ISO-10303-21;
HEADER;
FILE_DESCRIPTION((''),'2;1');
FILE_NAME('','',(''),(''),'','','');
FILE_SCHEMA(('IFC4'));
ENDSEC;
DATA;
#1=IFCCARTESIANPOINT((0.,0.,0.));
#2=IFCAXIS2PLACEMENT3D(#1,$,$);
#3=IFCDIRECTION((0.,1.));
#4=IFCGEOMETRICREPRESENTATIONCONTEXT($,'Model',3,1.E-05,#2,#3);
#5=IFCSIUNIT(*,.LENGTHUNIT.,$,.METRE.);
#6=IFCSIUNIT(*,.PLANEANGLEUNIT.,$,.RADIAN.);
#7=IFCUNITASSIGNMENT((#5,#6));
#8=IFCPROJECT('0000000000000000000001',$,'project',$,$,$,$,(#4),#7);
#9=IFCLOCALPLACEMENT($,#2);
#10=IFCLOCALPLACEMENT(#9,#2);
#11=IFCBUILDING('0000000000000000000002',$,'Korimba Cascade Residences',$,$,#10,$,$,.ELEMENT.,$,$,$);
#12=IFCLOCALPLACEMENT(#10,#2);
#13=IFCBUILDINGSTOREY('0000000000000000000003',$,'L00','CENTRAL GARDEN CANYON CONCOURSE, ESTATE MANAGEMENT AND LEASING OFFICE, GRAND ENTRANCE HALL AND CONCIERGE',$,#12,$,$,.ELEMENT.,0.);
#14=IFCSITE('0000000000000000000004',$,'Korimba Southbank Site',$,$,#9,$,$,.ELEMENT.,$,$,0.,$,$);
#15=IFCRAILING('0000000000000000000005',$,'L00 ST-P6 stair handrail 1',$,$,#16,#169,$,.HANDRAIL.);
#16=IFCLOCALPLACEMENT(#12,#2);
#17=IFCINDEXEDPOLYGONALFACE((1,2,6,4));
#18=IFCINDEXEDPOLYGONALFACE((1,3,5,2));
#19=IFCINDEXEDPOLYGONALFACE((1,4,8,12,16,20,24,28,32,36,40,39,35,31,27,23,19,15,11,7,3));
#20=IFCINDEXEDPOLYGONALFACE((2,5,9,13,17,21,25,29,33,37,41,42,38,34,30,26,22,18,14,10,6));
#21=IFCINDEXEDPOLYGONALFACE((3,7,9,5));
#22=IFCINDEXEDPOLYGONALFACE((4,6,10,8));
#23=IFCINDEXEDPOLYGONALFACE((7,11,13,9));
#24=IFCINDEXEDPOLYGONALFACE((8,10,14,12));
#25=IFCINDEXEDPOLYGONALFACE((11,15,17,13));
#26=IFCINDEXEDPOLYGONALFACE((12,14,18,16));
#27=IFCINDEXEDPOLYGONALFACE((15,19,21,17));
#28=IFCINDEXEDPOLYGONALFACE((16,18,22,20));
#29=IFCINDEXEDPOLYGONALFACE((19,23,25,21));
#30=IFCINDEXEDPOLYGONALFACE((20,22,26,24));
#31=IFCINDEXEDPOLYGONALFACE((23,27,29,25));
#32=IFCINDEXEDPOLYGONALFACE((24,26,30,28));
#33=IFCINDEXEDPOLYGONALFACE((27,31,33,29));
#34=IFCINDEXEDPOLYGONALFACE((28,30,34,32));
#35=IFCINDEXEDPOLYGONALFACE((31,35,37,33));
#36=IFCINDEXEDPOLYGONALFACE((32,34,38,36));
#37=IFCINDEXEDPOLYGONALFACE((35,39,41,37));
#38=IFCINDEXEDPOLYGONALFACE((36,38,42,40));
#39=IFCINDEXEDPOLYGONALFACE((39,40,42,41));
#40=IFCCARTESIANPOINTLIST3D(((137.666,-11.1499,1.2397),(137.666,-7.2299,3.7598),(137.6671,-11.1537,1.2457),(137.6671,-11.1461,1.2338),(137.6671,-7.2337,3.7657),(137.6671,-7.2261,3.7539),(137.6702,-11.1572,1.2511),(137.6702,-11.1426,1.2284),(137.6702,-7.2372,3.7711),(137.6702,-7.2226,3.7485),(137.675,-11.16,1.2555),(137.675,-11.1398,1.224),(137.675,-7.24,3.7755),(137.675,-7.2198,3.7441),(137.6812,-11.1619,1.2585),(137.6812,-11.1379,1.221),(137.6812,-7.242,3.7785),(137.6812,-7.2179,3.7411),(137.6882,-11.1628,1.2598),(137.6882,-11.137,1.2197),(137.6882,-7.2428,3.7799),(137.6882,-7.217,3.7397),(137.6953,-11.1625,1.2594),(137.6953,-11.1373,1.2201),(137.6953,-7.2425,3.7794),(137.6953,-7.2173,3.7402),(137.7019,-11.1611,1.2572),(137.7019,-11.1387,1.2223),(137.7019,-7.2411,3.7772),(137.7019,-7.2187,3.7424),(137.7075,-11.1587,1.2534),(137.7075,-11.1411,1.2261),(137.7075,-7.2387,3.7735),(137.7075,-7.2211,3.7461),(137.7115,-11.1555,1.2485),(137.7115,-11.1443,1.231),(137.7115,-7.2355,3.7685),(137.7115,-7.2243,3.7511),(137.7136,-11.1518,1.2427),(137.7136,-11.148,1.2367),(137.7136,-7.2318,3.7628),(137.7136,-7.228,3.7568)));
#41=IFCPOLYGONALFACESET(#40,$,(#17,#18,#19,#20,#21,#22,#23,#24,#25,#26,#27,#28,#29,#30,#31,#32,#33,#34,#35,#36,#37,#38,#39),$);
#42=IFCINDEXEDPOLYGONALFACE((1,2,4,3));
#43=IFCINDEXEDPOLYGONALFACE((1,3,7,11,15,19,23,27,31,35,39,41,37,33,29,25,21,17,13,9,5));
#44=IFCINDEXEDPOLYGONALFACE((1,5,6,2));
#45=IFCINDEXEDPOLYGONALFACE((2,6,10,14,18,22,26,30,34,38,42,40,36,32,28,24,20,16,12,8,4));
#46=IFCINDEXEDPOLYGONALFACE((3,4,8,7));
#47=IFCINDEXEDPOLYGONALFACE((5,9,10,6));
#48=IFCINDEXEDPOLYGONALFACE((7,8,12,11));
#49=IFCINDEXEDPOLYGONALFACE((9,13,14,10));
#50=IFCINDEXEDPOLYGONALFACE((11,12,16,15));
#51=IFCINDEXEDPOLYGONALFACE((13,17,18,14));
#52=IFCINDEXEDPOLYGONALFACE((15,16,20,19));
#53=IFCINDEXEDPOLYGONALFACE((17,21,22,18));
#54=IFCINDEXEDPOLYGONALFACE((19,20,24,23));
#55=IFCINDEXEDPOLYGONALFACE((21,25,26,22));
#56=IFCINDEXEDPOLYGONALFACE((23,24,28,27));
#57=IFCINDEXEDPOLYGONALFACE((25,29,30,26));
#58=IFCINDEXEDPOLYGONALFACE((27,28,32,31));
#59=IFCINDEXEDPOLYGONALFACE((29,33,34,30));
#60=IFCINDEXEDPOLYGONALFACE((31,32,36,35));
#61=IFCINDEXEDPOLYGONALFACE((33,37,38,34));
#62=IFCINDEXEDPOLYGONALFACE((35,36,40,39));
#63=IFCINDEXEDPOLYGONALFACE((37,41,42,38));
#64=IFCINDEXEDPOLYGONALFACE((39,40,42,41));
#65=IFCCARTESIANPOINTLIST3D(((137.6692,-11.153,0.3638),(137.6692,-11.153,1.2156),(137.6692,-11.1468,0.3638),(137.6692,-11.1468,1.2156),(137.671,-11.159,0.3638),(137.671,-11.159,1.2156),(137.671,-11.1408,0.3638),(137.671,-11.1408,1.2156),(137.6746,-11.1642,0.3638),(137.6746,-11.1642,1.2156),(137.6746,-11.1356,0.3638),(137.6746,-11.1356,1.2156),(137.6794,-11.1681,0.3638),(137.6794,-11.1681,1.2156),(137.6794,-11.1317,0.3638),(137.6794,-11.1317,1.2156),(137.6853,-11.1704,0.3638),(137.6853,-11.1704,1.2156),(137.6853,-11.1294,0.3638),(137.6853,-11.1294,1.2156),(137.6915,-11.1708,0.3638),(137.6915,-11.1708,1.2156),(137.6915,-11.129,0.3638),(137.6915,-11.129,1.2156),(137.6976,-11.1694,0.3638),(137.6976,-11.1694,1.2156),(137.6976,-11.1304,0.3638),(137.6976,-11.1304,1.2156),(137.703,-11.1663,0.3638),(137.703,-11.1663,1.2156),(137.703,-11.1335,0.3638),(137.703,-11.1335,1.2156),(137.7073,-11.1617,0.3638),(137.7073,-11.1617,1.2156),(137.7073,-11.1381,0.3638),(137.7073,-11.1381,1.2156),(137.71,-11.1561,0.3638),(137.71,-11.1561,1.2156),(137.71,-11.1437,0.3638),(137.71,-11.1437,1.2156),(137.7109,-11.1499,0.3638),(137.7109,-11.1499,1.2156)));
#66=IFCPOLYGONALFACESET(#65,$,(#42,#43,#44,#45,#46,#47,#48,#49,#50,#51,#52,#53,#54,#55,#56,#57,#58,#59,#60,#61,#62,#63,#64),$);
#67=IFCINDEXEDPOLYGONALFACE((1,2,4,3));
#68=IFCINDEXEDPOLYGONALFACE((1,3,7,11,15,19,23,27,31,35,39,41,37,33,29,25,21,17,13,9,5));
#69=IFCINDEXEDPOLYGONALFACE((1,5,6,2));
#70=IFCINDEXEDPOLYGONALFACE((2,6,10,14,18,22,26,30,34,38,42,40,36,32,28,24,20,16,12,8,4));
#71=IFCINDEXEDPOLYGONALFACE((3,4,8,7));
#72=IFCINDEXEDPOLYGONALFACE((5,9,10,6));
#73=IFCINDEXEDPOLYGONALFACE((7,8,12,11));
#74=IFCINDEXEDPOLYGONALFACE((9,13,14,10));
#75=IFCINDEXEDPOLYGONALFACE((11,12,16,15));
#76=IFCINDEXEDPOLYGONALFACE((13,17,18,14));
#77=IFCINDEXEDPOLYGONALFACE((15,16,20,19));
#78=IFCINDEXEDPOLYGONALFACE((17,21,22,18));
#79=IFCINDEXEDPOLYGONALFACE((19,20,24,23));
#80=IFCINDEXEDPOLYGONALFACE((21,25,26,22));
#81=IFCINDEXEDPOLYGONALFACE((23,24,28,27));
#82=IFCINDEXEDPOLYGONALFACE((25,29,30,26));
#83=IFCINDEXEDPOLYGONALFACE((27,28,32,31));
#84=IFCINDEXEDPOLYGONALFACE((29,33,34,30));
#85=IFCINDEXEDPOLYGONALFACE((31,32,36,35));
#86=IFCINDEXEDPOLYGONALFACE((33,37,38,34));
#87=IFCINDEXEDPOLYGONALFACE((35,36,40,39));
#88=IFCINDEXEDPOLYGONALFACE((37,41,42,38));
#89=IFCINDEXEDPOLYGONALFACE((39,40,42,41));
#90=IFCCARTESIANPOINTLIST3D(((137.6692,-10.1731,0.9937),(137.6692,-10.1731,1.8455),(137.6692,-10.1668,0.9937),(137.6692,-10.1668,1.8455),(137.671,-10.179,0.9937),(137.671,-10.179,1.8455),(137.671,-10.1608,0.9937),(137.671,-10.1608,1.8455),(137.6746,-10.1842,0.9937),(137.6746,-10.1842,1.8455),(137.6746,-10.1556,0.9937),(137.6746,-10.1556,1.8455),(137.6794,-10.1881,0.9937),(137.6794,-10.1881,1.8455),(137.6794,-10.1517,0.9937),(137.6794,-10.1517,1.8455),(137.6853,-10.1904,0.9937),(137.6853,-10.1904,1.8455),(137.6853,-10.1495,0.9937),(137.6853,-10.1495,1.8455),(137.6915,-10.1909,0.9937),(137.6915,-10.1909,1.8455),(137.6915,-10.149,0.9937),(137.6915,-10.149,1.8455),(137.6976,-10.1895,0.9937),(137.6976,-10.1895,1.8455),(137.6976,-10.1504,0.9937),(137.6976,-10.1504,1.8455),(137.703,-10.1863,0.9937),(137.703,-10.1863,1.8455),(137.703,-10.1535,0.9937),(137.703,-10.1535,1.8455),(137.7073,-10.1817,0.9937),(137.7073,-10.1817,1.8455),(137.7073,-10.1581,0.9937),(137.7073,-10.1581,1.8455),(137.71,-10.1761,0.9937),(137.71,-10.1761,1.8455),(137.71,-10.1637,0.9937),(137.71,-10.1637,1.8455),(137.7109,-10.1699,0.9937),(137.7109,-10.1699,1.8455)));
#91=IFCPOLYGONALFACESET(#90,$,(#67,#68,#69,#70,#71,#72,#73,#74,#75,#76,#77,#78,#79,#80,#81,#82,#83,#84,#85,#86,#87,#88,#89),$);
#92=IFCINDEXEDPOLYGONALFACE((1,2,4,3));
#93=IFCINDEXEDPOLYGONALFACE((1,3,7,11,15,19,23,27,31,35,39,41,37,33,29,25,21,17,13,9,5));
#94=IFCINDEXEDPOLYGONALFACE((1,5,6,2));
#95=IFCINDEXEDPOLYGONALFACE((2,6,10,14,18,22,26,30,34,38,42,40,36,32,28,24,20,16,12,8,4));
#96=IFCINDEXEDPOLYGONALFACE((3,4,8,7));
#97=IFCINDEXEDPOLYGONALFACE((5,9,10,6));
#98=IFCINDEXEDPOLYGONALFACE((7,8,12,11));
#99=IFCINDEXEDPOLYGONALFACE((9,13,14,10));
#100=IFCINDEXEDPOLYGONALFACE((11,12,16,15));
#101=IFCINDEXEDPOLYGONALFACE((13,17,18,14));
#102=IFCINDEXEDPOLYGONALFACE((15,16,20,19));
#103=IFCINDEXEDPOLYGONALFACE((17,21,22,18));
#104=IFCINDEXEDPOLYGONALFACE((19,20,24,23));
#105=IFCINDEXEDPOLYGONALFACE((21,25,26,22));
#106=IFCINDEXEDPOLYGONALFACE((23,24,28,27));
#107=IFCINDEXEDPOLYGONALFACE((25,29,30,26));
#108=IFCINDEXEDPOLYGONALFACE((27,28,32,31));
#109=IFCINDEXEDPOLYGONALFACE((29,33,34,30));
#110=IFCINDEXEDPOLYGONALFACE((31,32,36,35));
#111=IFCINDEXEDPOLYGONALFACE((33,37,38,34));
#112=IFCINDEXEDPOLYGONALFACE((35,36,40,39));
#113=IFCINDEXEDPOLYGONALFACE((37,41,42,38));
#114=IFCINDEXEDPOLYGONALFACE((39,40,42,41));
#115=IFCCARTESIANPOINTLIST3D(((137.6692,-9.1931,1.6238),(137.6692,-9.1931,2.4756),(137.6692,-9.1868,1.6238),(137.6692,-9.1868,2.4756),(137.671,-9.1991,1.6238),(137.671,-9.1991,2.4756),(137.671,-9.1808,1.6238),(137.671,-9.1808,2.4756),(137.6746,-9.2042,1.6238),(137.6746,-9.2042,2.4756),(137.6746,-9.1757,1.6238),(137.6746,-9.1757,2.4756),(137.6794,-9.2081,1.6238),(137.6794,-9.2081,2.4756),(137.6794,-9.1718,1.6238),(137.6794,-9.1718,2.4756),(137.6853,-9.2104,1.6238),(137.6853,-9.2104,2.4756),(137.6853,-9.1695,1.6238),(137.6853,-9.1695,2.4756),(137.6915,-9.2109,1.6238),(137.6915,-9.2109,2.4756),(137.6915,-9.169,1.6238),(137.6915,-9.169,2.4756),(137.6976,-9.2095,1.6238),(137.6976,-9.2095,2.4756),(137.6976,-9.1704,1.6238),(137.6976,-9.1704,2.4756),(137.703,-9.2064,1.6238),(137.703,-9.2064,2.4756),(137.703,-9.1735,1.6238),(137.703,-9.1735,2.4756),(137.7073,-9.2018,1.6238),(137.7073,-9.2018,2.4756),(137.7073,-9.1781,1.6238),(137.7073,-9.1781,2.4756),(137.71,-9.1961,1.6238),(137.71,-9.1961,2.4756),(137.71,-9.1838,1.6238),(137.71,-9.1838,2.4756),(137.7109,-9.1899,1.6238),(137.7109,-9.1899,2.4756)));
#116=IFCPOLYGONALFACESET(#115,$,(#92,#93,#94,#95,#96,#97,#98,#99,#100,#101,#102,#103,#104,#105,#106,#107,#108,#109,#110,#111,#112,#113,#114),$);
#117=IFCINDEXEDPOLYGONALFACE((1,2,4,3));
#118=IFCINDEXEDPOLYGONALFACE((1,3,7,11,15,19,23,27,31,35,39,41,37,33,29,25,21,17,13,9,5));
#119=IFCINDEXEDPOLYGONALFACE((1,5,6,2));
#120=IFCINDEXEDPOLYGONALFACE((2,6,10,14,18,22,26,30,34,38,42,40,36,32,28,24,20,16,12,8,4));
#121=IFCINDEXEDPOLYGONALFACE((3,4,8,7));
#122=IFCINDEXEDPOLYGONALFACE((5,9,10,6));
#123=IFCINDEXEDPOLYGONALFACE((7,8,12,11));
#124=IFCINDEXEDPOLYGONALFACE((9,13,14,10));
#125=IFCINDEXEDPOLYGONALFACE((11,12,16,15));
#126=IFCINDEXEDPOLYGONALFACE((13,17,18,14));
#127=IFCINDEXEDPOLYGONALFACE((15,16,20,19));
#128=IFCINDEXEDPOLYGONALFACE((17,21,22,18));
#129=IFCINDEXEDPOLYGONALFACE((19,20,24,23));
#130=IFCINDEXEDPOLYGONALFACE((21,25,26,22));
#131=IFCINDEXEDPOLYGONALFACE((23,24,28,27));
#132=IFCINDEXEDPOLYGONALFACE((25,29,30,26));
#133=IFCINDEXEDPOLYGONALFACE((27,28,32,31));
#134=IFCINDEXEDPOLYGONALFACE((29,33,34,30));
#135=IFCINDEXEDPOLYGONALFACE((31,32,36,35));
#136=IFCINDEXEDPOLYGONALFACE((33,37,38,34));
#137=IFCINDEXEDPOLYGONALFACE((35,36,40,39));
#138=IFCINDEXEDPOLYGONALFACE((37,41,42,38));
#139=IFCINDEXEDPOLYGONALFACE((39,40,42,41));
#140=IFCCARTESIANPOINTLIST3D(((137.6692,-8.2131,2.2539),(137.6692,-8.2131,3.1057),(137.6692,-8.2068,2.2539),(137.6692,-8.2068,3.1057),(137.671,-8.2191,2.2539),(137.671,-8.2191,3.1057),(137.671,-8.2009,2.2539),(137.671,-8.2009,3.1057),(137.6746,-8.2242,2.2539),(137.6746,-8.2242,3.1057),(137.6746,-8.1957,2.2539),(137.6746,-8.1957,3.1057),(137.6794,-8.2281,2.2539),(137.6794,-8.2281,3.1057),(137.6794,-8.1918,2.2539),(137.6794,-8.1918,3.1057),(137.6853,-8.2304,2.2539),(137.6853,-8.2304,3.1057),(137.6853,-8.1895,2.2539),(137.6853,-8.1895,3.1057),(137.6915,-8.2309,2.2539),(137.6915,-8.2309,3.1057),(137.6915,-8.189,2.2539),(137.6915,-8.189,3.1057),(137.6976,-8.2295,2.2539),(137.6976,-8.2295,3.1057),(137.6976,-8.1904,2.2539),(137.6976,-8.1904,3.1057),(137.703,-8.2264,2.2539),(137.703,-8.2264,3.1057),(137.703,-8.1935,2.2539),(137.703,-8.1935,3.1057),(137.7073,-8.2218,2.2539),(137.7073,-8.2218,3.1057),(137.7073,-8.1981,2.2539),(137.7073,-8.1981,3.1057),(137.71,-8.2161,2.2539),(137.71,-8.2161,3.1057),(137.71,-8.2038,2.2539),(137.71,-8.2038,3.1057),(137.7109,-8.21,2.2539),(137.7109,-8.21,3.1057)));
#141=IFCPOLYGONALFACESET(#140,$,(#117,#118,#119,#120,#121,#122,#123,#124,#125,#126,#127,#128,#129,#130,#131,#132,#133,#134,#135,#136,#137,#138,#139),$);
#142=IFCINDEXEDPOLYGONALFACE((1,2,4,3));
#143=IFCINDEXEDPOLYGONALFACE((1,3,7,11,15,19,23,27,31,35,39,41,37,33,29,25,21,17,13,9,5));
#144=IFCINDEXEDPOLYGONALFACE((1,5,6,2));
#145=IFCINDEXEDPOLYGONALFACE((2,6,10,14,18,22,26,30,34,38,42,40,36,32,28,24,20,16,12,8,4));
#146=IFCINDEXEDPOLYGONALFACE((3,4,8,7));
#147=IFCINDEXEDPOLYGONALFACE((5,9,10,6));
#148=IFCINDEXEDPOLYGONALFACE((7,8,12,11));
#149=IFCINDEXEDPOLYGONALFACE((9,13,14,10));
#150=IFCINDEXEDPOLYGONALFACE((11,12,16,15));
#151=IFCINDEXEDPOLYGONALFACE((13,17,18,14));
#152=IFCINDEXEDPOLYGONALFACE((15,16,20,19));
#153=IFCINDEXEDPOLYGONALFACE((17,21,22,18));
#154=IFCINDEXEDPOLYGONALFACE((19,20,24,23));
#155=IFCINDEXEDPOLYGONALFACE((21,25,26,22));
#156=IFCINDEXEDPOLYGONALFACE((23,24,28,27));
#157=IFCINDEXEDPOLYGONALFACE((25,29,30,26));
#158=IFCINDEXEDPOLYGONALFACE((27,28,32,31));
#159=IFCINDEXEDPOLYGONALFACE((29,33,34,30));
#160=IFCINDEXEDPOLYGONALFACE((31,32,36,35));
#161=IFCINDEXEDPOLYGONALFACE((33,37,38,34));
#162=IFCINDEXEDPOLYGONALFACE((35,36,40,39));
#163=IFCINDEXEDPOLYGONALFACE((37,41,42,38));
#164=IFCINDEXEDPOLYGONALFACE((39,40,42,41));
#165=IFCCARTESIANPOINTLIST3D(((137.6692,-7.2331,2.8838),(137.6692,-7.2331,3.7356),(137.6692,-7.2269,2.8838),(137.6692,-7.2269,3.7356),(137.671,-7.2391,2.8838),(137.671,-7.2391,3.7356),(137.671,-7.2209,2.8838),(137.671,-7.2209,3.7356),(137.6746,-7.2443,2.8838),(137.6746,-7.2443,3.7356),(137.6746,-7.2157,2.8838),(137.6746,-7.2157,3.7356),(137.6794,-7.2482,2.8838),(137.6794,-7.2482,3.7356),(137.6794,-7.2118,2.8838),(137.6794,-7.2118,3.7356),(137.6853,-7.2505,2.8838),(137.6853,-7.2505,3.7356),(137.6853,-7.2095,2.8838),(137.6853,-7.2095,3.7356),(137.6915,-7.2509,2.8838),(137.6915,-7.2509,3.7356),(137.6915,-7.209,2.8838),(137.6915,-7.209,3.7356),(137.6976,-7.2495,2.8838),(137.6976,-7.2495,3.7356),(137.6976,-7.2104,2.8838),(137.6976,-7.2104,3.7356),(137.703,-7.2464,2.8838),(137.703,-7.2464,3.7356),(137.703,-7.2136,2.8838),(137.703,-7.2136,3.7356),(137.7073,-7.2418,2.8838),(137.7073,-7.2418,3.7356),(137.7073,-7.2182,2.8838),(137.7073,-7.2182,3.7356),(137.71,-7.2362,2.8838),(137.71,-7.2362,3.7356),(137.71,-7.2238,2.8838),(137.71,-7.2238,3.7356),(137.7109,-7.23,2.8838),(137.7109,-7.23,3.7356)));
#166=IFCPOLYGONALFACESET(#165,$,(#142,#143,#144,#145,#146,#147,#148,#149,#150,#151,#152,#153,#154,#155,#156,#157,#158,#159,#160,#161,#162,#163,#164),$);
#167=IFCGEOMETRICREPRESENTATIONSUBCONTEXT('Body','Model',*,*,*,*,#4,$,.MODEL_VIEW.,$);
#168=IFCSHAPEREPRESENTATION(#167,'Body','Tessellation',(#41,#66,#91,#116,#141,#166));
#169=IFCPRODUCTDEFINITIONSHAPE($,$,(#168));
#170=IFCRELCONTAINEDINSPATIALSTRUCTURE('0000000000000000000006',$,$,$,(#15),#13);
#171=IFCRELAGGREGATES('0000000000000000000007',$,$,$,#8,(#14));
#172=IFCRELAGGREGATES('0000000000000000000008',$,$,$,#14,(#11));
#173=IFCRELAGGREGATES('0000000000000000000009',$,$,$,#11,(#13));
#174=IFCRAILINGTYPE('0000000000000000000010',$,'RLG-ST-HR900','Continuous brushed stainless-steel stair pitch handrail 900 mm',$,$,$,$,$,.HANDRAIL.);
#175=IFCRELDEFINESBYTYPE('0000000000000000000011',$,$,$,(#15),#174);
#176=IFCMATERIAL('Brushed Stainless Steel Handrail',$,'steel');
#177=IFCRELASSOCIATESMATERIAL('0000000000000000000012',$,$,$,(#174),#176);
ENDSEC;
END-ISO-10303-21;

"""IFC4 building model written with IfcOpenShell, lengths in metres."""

from ifc_helpers import new_model, si_unit, direction, frame, origin, origin_2d, place, context, subcontext, project, spatial, circle, extrude, material, type_object, element, save


model = new_model("IFC4")

# Units and contexts
model_context = context("Model", 3, precision=1e-05, world=origin(), true_north=direction((0.0, 1.0)))
body_context = subcontext(model_context, "Body", "Model", "MODEL_VIEW")
ifc_project = project(units=[si_unit("LENGTHUNIT", "METRE"), si_unit("PLANEANGLEUNIT", "RADIAN")], contexts=[model_context])

# Site, building, storey
site_placement = place(None, origin())
site = spatial("IfcSite", under=ifc_project, at=site_placement, Name="Korimba Southbank Site", CompositionType="ELEMENT", RefElevation=0.0)
building_placement = place(site_placement, origin())
building = spatial("IfcBuilding", under=site, at=building_placement, Name="Korimba Cascade Residences", CompositionType="ELEMENT")
storey_placement = place(building_placement, origin())
storey = spatial("IfcBuildingStorey", under=building, at=storey_placement, Name="L00", Description="CENTRAL GARDEN CANYON CONCOURSE, ESTATE MANAGEMENT AND LEASING OFFICE, GRAND ENTRANCE HALL AND CONCIERGE", CompositionType="ELEMENT", Elevation=0.0)

# Railing
ifc_material_1 = material(Name="Brushed Stainless Steel Handrail", Category="steel")
railing_type_1 = type_object("IfcRailingType", Name="RLG-ST-HR900", Description="Continuous brushed stainless-steel stair pitch handrail 900 mm", PredefinedType="HANDRAIL", material=ifc_material_1)
railing_1_placement = place(storey_placement, frame((137.6899, -11.1499, 0.3638)))
element("IfcRailing", 1, at=railing_1_placement, inside=storey, type_object=railing_type_1, Name="L00 ST-P6 stair handrail 1", PredefinedType="HANDRAIL", context=body_context, shape_type="SweptSolid", body=[
    extrude(circle(Radius=0.0239, at=origin_2d()), frame((0.0, 0.0, 0.876), z_axis=(0.0, 0.841172, 0.540768), x_axis=(-1.0, 0.0, 0.0)), (0.0, 0.0, 1.0), 4.6602),
    extrude(circle(Radius=0.021, at=origin_2d()), origin(), (0.0, 0.0, 1.0), 0.8518),
    extrude(circle(Radius=0.021, at=origin_2d()), frame((0.0, 0.98, 0.6299)), (0.0, 0.0, 1.0), 0.8518),
    extrude(circle(Radius=0.021, at=origin_2d()), frame((0.0, 1.96, 1.26)), (0.0, 0.0, 1.0), 0.8518),
    extrude(circle(Radius=0.021, at=origin_2d()), frame((0.0, 2.9399, 1.8901)), (0.0, 0.0, 1.0), 0.8518),
    extrude(circle(Radius=0.021, at=origin_2d()), frame((0.0, 3.9199, 2.52)), (0.0, 0.0, 1.0), 0.8518),
])

save(model, "model.ifc")
